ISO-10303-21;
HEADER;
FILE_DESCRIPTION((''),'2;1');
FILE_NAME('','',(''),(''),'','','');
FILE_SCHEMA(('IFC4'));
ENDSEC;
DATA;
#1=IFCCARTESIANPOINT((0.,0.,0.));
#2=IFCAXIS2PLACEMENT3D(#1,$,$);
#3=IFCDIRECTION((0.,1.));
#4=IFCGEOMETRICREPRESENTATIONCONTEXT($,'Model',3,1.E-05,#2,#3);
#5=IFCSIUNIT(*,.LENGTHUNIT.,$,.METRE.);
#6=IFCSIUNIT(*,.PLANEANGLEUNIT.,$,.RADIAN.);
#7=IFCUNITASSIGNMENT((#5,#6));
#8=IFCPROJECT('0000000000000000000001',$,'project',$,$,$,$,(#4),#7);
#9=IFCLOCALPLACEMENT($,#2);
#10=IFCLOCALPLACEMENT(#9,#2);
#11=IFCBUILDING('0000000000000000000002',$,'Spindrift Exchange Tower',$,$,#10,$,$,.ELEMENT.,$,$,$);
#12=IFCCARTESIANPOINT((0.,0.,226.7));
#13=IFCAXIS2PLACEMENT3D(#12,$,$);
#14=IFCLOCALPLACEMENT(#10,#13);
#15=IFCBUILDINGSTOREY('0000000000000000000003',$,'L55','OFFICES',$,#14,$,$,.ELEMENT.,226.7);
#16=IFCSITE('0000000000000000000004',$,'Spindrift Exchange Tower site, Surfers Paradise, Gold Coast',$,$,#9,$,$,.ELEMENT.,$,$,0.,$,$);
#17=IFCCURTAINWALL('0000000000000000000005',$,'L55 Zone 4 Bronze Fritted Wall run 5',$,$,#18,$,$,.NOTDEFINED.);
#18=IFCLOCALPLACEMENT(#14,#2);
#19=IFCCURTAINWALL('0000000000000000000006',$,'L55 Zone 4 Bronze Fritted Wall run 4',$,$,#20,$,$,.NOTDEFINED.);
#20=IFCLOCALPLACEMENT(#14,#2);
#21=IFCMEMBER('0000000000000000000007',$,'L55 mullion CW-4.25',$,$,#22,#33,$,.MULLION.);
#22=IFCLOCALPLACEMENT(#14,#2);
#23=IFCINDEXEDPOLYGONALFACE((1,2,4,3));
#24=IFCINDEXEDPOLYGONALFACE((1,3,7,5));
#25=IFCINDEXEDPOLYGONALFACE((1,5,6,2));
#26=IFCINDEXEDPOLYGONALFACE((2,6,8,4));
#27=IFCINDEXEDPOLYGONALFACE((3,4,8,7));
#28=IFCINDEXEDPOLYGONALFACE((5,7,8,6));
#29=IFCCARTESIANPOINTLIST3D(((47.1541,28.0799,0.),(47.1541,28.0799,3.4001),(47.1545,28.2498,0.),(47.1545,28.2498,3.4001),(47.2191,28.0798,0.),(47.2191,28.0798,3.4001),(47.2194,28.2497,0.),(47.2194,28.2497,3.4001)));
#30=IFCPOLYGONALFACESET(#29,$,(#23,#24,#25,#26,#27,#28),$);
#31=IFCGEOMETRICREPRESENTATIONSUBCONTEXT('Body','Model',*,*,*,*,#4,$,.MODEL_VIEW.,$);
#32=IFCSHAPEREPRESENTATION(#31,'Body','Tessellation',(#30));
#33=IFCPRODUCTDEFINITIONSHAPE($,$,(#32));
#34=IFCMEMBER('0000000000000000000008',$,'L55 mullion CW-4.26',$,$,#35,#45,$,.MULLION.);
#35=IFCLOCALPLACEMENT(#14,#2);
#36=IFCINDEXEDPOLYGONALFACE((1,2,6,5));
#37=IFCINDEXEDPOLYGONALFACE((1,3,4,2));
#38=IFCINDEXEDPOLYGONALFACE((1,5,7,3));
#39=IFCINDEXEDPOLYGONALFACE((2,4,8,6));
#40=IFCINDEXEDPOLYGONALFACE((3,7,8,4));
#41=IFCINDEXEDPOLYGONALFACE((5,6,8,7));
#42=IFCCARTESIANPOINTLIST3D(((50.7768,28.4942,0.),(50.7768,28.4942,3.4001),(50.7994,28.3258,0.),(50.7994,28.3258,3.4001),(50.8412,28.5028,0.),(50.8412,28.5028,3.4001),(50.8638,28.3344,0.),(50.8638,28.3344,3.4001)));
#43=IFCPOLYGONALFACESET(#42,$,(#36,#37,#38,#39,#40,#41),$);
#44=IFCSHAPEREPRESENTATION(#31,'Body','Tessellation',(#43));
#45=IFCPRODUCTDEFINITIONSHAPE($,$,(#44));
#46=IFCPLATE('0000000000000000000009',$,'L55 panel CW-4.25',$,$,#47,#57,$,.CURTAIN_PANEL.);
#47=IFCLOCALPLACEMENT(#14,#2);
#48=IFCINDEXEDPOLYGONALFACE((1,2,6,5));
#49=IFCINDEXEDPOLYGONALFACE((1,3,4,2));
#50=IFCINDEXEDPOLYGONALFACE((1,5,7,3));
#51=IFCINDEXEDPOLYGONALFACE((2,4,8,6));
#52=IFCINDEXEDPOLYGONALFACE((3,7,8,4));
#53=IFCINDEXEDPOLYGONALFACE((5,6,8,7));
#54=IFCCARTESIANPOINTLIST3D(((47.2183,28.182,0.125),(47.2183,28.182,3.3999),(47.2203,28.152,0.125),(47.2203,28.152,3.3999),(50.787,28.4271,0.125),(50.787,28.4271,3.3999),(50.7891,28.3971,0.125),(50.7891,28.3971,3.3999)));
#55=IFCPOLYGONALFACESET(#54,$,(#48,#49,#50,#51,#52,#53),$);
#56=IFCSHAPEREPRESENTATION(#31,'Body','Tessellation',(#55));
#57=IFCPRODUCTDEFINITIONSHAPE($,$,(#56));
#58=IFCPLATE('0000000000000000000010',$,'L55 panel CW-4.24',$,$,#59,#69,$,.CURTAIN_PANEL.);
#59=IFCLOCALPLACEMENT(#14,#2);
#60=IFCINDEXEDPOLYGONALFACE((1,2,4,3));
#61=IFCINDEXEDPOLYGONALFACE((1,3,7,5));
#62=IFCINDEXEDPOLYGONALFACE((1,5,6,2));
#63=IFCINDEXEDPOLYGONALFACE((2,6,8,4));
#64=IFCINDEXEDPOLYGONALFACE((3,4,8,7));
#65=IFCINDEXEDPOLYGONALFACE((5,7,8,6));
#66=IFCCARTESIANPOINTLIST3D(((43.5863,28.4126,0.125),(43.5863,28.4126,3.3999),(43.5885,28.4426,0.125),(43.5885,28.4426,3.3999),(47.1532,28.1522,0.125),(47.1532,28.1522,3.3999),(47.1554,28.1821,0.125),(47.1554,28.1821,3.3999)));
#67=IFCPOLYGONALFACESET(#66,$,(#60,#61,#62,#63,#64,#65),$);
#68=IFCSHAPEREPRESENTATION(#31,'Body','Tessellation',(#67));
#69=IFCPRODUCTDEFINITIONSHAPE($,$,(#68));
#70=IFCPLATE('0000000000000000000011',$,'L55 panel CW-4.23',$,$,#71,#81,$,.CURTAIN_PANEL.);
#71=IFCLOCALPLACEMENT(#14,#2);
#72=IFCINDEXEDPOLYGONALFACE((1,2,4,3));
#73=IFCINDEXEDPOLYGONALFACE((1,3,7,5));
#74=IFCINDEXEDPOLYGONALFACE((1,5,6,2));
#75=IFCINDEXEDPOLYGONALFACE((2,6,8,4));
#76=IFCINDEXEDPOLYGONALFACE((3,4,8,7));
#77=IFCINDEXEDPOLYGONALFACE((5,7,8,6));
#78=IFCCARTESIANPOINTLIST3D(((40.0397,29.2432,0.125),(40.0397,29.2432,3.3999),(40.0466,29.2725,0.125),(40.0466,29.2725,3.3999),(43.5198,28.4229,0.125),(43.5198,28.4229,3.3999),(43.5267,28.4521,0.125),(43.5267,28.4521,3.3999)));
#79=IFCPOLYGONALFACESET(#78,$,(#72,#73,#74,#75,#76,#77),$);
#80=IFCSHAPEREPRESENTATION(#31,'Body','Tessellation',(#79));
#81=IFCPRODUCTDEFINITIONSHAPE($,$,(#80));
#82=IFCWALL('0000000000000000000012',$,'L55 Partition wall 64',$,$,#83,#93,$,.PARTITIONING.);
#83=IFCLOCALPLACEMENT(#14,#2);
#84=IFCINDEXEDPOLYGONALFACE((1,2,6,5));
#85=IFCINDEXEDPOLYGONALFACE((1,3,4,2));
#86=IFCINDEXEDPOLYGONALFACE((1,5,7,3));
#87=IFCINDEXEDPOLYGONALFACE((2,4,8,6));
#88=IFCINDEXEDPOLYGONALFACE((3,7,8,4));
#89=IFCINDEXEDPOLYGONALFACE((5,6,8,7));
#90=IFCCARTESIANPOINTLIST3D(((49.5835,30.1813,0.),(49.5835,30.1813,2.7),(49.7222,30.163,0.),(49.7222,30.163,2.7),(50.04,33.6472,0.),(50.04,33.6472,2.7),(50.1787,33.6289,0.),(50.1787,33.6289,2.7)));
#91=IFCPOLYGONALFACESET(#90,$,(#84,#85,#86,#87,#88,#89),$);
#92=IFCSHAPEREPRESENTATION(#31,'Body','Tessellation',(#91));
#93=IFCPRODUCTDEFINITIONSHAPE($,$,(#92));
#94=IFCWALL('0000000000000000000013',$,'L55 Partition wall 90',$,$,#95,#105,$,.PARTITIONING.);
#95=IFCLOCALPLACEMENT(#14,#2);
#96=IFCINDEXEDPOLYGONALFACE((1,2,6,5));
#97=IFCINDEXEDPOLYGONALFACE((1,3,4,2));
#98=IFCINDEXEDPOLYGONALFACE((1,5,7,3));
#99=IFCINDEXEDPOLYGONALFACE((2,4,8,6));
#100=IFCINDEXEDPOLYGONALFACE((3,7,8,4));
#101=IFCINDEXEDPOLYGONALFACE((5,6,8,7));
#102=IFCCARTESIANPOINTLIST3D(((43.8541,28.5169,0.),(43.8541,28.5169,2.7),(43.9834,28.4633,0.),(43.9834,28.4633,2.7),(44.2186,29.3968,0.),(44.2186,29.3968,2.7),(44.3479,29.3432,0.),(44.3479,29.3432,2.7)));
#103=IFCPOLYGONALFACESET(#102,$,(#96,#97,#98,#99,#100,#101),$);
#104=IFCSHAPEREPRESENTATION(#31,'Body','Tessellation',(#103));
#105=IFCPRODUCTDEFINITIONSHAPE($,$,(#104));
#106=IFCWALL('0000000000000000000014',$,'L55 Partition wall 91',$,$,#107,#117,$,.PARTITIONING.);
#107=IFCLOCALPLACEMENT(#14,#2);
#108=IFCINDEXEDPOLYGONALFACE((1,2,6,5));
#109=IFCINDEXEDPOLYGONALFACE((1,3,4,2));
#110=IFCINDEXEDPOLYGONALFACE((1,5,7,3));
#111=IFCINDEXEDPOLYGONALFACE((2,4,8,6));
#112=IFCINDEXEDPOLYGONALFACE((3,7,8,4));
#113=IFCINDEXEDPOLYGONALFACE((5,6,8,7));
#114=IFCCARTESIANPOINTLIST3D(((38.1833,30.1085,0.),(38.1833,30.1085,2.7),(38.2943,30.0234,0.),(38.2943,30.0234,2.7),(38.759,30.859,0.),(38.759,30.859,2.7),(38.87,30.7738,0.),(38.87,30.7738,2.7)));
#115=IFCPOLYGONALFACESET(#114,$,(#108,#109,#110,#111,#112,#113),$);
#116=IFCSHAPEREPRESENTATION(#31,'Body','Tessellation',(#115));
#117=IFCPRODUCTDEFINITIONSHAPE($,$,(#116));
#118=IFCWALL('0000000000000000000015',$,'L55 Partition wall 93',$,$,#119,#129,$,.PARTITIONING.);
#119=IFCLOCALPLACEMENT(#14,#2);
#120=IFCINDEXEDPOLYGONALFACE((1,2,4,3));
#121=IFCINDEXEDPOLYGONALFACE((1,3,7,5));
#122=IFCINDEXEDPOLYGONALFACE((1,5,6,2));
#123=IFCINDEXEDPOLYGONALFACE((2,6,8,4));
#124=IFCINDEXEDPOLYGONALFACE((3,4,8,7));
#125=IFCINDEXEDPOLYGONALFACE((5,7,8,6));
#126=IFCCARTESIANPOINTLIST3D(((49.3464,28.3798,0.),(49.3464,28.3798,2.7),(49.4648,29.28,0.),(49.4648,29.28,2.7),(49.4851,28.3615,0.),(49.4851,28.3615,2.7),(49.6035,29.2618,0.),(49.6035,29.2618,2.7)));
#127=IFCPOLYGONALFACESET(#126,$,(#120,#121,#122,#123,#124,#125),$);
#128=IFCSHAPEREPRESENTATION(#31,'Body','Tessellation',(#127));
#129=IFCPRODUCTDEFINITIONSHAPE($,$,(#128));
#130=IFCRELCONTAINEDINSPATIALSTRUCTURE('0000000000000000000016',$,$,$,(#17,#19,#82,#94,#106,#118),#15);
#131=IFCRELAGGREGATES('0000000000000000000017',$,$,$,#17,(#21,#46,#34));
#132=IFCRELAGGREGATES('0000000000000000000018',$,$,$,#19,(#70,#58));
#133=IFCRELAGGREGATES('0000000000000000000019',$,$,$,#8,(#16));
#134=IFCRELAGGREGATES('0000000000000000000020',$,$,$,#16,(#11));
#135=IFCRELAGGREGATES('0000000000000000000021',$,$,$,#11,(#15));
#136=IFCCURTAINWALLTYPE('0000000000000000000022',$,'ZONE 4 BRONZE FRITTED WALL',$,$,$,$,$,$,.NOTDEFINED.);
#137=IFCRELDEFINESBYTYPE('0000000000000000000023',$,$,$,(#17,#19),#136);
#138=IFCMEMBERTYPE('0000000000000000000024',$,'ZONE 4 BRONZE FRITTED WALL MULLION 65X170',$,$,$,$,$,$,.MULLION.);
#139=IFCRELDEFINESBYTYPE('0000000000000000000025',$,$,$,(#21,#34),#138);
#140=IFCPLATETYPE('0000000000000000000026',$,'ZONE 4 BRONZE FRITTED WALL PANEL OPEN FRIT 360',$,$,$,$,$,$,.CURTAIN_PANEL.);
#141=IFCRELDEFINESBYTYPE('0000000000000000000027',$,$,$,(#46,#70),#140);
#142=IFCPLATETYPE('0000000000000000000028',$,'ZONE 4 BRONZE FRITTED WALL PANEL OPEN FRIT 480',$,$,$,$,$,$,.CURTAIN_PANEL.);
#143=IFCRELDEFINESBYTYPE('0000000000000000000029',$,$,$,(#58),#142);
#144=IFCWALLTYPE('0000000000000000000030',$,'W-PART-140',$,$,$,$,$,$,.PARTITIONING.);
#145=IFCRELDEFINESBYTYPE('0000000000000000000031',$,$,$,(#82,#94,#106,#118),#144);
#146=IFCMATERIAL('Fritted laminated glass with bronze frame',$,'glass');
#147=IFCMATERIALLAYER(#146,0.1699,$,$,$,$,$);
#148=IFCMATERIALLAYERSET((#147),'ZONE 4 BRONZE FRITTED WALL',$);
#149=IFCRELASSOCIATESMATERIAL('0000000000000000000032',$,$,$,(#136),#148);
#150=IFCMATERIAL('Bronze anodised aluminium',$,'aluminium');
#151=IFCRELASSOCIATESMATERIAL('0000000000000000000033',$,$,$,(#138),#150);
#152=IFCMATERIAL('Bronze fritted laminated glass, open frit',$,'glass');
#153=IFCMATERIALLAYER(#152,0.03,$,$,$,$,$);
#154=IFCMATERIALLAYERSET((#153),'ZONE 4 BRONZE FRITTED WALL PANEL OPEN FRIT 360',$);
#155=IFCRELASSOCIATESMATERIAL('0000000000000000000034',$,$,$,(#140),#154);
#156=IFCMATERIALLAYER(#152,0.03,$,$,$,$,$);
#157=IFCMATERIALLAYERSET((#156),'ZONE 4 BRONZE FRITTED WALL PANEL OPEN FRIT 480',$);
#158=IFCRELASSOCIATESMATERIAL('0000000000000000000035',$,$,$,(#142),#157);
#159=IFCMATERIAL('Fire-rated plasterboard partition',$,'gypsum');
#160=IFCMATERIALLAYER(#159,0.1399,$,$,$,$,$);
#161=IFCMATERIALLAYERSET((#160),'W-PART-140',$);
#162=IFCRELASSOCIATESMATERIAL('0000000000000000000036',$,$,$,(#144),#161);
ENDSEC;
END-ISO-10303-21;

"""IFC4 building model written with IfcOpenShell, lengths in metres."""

from ifc_helpers import new_model, si_unit, direction, frame, frame_2d, origin, origin_2d, place, context, subcontext, project, spatial, rectangle, extrude, source, transform, mapped, material, layer, layer_set, material_profile, profile_set, type_object, element, aggregate, save


model = new_model("IFC4")

# Units and contexts
model_context = context("Model", 3, precision=1e-05, world=origin(), true_north=direction((0.0, 1.0)))
body_context = subcontext(model_context, "Body", "Model", "MODEL_VIEW")
ifc_project = project(units=[si_unit("LENGTHUNIT", "METRE"), si_unit("PLANEANGLEUNIT", "RADIAN")], contexts=[model_context])

# Site, building, storey
site_placement = place(None, origin())
site = spatial("IfcSite", under=ifc_project, at=site_placement, Name="Spindrift Exchange Tower site, Surfers Paradise, Gold Coast", CompositionType="ELEMENT", RefElevation=0.0)
building_placement = place(site_placement, origin())
building = spatial("IfcBuilding", under=site, at=building_placement, Name="Spindrift Exchange Tower", CompositionType="ELEMENT")
storey_placement = place(building_placement, frame((0.0, 0.0, 226.7)))
storey = spatial("IfcBuildingStorey", under=building, at=storey_placement, Name="L55", Description="OFFICES", CompositionType="ELEMENT", Elevation=226.7)

# Curtain walls
ifc_material_1 = material(Name="Fritted laminated glass with bronze frame", Category="glass")
ifc_layer_1 = layer(ifc_material_1, 0.1699)
ifc_layer_set_1 = layer_set([ifc_layer_1], Name="ZONE 4 BRONZE FRITTED WALL")
curtain_wall_type = type_object("IfcCurtainWallType", Name="ZONE 4 BRONZE FRITTED WALL", PredefinedType="NOTDEFINED", material=ifc_layer_set_1)
curtain_wall_1_placement = place(storey_placement, origin())
curtain_wall_1 = element("IfcCurtainWall", 1, at=curtain_wall_1_placement, inside=storey, type_object=curtain_wall_type, Name="L55 Zone 4 Bronze Fritted Wall run 5", PredefinedType="NOTDEFINED")
ifc_material_2 = material(Name="Bronze anodised aluminium", Category="aluminium")
curtain_wall_2_placement = place(storey_placement, origin())
curtain_wall_2 = element("IfcCurtainWall", 2, at=curtain_wall_2_placement, inside=storey, type_object=curtain_wall_type, Name="L55 Zone 4 Bronze Fritted Wall run 4", PredefinedType="NOTDEFINED")
ifc_material_profile_1 = material_profile(ifc_material_2, rectangle(XDim=0.0649, YDim=0.1699, at=origin_2d()), Name="ZONE 4 BRONZE FRITTED WALL MULLION 65X170")
ifc_profile_set_1 = profile_set([ifc_material_profile_1], Name="Bronze anodised aluminium")
member_type_1 = type_object("IfcMemberType", Name="ZONE 4 BRONZE FRITTED WALL MULLION 65X170", PredefinedType="MULLION", material=ifc_profile_set_1)
shared_shape_1 = source(origin(), body_context, "Body", "SweptSolid", [
    extrude(rectangle(XDim=0.0649, YDim=0.1699, at=origin_2d()), origin(), (0.0, 0.0, 1.0), 3.4001),
])

# Members
member_1_placement = place(storey_placement, frame((47.1868, 28.1648, 0.0), z_axis=(0.0, 0.0, 1.0), x_axis=(0.999998, -0.002168, 0.0)))
member_1 = element("IfcMember", 3, at=member_1_placement, type_object=member_type_1, Name="L55 mullion CW-4.25", PredefinedType="MULLION", context=body_context, shape_type="MappedRepresentation", body=[
    mapped(shared_shape_1, transform((0.0, 0.0, 0.0), scale=1.0)),
])
member_2_placement = place(storey_placement, frame((50.8203, 28.4143, 0.0), z_axis=(0.0, 0.0, 1.0), x_axis=(0.99114, 0.132825, 0.0)))
member_2 = element("IfcMember", 4, at=member_2_placement, type_object=member_type_1, Name="L55 mullion CW-4.26", PredefinedType="MULLION", context=body_context, shape_type="MappedRepresentation", body=[
    mapped(shared_shape_1, transform((0.0, 0.0, 0.0), scale=1.0)),
])

# Plates
ifc_material_3 = material(Name="Bronze fritted laminated glass, open frit", Category="glass")
ifc_layer_2 = layer(ifc_material_3, 0.03)
ifc_layer_set_2 = layer_set([ifc_layer_2], Name="ZONE 4 BRONZE FRITTED WALL PANEL OPEN FRIT 360")
plate_type_1 = type_object("IfcPlateType", Name="ZONE 4 BRONZE FRITTED WALL PANEL OPEN FRIT 360", PredefinedType="CURTAIN_PANEL", material=ifc_layer_set_2)
shared_shape_2 = source(origin(), body_context, "Body", "SweptSolid", [
    extrude(rectangle(XDim=3.5771, YDim=0.03, at=origin_2d()), origin(), (0.0, 0.0, 1.0), 3.2749),
])
plate_1_placement = place(storey_placement, frame((49.0037, 28.2896, 0.125), z_axis=(0.0, 0.0, 1.0), x_axis=(0.997651, 0.068503, 0.0)))
plate_1 = element("IfcPlate", 5, at=plate_1_placement, type_object=plate_type_1, Name="L55 panel CW-4.25", PredefinedType="CURTAIN_PANEL", context=body_context, shape_type="MappedRepresentation", body=[
    mapped(shared_shape_2, transform((0.0, 0.0, 0.0), scale=1.0)),
])
aggregate(curtain_wall_1, [member_1, plate_1, member_2])
ifc_layer_3 = layer(ifc_material_3, 0.03)
ifc_layer_set_3 = layer_set([ifc_layer_3], Name="ZONE 4 BRONZE FRITTED WALL PANEL OPEN FRIT 480")
plate_type_2 = type_object("IfcPlateType", Name="ZONE 4 BRONZE FRITTED WALL PANEL OPEN FRIT 480", PredefinedType="CURTAIN_PANEL", material=ifc_layer_set_3)
shared_shape_3 = source(origin(), body_context, "Body", "SweptSolid", [
    extrude(rectangle(XDim=3.5764, YDim=0.03, at=origin_2d()), origin(), (0.0, 0.0, 1.0), 3.2749),
])
plate_2_placement = place(storey_placement, frame((45.3708, 28.2974, 0.125), z_axis=(0.0, 0.0, 1.0), x_axis=(0.997345, -0.072827, 0.0)))
plate_2 = element("IfcPlate", 6, at=plate_2_placement, type_object=plate_type_2, Name="L55 panel CW-4.24", PredefinedType="CURTAIN_PANEL", context=body_context, shape_type="MappedRepresentation", body=[
    mapped(shared_shape_3, transform((0.0, 0.0, 0.0), scale=1.0)),
])
shared_shape_4 = source(origin(), body_context, "Body", "SweptSolid", [
    extrude(rectangle(XDim=3.5754, YDim=0.03, at=origin_2d()), origin(), (0.0, 0.0, 1.0), 3.2749),
])
plate_3_placement = place(storey_placement, frame((41.7832, 28.8477, 0.125), z_axis=(0.0, 0.0, 1.0), x_axis=(0.973322, -0.229445, 0.0)))
plate_3 = element("IfcPlate", 7, at=plate_3_placement, type_object=plate_type_1, Name="L55 panel CW-4.23", PredefinedType="CURTAIN_PANEL", context=body_context, shape_type="MappedRepresentation", body=[
    mapped(shared_shape_4, transform((0.0, 0.0, 0.0), scale=1.0)),
])
aggregate(curtain_wall_2, [plate_3, plate_2])

# Walls
ifc_material_4 = material(Name="Fire-rated plasterboard partition", Category="gypsum")
ifc_layer_4 = layer(ifc_material_4, 0.1399)
ifc_layer_set_4 = layer_set([ifc_layer_4], Name="W-PART-140")
wall_type = type_object("IfcWallType", Name="W-PART-140", PredefinedType="PARTITIONING", material=ifc_layer_set_4)
wall_1_placement = place(storey_placement, frame((50.1094, 33.6382, 0.0), z_axis=(0.0, 0.0, 1.0), x_axis=(-0.130599, -0.991435, 0.0)))
element("IfcWall", 8, at=wall_1_placement, inside=storey, type_object=wall_type, Name="L55 Partition wall 64", PredefinedType="PARTITIONING", context=body_context, shape_type="SweptSolid", body=[
    extrude(rectangle(XDim=3.4958, YDim=0.1399, at=frame_2d((1.748, 0.0))), origin(), (0.0, 0.0, 1.0), 2.7),
])
wall_2_placement = place(storey_placement, frame((44.2832, 29.3699, 0.0), z_axis=(0.0, 0.0, 1.0), x_axis=(-0.382722, -0.923864, 0.0)))
element("IfcWall", 9, at=wall_2_placement, inside=storey, type_object=wall_type, Name="L55 Partition wall 90", PredefinedType="PARTITIONING", context=body_context, shape_type="SweptSolid", body=[
    extrude(rectangle(XDim=0.9524, YDim=0.1399, at=frame_2d((0.4761, 0.0))), origin(), (0.0, 0.0, 1.0), 2.7),
])
wall_3_placement = place(storey_placement, frame((38.8145, 30.8164, 0.0), z_axis=(0.0, 0.0, 1.0), x_axis=(-0.608637, -0.793448, 0.0)))
element("IfcWall", 10, at=wall_3_placement, inside=storey, type_object=wall_type, Name="L55 Partition wall 91", PredefinedType="PARTITIONING", context=body_context, shape_type="SweptSolid", body=[
    extrude(rectangle(XDim=0.9458, YDim=0.1399, at=frame_2d((0.4729, 0.0))), origin(), (0.0, 0.0, 1.0), 2.7),
])
wall_4_placement = place(storey_placement, frame((49.5342, 29.271, 0.0), z_axis=(0.0, 0.0, 1.0), x_axis=(-0.13042, -0.991459, 0.0)))
element("IfcWall", 11, at=wall_4_placement, inside=storey, type_object=wall_type, Name="L55 Partition wall 93", PredefinedType="PARTITIONING", context=body_context, shape_type="SweptSolid", body=[
    extrude(rectangle(XDim=0.908, YDim=0.1399, at=frame_2d((0.4541, 0.0))), origin(), (0.0, 0.0, 1.0), 2.7),
])

save(model, "model.ifc")
